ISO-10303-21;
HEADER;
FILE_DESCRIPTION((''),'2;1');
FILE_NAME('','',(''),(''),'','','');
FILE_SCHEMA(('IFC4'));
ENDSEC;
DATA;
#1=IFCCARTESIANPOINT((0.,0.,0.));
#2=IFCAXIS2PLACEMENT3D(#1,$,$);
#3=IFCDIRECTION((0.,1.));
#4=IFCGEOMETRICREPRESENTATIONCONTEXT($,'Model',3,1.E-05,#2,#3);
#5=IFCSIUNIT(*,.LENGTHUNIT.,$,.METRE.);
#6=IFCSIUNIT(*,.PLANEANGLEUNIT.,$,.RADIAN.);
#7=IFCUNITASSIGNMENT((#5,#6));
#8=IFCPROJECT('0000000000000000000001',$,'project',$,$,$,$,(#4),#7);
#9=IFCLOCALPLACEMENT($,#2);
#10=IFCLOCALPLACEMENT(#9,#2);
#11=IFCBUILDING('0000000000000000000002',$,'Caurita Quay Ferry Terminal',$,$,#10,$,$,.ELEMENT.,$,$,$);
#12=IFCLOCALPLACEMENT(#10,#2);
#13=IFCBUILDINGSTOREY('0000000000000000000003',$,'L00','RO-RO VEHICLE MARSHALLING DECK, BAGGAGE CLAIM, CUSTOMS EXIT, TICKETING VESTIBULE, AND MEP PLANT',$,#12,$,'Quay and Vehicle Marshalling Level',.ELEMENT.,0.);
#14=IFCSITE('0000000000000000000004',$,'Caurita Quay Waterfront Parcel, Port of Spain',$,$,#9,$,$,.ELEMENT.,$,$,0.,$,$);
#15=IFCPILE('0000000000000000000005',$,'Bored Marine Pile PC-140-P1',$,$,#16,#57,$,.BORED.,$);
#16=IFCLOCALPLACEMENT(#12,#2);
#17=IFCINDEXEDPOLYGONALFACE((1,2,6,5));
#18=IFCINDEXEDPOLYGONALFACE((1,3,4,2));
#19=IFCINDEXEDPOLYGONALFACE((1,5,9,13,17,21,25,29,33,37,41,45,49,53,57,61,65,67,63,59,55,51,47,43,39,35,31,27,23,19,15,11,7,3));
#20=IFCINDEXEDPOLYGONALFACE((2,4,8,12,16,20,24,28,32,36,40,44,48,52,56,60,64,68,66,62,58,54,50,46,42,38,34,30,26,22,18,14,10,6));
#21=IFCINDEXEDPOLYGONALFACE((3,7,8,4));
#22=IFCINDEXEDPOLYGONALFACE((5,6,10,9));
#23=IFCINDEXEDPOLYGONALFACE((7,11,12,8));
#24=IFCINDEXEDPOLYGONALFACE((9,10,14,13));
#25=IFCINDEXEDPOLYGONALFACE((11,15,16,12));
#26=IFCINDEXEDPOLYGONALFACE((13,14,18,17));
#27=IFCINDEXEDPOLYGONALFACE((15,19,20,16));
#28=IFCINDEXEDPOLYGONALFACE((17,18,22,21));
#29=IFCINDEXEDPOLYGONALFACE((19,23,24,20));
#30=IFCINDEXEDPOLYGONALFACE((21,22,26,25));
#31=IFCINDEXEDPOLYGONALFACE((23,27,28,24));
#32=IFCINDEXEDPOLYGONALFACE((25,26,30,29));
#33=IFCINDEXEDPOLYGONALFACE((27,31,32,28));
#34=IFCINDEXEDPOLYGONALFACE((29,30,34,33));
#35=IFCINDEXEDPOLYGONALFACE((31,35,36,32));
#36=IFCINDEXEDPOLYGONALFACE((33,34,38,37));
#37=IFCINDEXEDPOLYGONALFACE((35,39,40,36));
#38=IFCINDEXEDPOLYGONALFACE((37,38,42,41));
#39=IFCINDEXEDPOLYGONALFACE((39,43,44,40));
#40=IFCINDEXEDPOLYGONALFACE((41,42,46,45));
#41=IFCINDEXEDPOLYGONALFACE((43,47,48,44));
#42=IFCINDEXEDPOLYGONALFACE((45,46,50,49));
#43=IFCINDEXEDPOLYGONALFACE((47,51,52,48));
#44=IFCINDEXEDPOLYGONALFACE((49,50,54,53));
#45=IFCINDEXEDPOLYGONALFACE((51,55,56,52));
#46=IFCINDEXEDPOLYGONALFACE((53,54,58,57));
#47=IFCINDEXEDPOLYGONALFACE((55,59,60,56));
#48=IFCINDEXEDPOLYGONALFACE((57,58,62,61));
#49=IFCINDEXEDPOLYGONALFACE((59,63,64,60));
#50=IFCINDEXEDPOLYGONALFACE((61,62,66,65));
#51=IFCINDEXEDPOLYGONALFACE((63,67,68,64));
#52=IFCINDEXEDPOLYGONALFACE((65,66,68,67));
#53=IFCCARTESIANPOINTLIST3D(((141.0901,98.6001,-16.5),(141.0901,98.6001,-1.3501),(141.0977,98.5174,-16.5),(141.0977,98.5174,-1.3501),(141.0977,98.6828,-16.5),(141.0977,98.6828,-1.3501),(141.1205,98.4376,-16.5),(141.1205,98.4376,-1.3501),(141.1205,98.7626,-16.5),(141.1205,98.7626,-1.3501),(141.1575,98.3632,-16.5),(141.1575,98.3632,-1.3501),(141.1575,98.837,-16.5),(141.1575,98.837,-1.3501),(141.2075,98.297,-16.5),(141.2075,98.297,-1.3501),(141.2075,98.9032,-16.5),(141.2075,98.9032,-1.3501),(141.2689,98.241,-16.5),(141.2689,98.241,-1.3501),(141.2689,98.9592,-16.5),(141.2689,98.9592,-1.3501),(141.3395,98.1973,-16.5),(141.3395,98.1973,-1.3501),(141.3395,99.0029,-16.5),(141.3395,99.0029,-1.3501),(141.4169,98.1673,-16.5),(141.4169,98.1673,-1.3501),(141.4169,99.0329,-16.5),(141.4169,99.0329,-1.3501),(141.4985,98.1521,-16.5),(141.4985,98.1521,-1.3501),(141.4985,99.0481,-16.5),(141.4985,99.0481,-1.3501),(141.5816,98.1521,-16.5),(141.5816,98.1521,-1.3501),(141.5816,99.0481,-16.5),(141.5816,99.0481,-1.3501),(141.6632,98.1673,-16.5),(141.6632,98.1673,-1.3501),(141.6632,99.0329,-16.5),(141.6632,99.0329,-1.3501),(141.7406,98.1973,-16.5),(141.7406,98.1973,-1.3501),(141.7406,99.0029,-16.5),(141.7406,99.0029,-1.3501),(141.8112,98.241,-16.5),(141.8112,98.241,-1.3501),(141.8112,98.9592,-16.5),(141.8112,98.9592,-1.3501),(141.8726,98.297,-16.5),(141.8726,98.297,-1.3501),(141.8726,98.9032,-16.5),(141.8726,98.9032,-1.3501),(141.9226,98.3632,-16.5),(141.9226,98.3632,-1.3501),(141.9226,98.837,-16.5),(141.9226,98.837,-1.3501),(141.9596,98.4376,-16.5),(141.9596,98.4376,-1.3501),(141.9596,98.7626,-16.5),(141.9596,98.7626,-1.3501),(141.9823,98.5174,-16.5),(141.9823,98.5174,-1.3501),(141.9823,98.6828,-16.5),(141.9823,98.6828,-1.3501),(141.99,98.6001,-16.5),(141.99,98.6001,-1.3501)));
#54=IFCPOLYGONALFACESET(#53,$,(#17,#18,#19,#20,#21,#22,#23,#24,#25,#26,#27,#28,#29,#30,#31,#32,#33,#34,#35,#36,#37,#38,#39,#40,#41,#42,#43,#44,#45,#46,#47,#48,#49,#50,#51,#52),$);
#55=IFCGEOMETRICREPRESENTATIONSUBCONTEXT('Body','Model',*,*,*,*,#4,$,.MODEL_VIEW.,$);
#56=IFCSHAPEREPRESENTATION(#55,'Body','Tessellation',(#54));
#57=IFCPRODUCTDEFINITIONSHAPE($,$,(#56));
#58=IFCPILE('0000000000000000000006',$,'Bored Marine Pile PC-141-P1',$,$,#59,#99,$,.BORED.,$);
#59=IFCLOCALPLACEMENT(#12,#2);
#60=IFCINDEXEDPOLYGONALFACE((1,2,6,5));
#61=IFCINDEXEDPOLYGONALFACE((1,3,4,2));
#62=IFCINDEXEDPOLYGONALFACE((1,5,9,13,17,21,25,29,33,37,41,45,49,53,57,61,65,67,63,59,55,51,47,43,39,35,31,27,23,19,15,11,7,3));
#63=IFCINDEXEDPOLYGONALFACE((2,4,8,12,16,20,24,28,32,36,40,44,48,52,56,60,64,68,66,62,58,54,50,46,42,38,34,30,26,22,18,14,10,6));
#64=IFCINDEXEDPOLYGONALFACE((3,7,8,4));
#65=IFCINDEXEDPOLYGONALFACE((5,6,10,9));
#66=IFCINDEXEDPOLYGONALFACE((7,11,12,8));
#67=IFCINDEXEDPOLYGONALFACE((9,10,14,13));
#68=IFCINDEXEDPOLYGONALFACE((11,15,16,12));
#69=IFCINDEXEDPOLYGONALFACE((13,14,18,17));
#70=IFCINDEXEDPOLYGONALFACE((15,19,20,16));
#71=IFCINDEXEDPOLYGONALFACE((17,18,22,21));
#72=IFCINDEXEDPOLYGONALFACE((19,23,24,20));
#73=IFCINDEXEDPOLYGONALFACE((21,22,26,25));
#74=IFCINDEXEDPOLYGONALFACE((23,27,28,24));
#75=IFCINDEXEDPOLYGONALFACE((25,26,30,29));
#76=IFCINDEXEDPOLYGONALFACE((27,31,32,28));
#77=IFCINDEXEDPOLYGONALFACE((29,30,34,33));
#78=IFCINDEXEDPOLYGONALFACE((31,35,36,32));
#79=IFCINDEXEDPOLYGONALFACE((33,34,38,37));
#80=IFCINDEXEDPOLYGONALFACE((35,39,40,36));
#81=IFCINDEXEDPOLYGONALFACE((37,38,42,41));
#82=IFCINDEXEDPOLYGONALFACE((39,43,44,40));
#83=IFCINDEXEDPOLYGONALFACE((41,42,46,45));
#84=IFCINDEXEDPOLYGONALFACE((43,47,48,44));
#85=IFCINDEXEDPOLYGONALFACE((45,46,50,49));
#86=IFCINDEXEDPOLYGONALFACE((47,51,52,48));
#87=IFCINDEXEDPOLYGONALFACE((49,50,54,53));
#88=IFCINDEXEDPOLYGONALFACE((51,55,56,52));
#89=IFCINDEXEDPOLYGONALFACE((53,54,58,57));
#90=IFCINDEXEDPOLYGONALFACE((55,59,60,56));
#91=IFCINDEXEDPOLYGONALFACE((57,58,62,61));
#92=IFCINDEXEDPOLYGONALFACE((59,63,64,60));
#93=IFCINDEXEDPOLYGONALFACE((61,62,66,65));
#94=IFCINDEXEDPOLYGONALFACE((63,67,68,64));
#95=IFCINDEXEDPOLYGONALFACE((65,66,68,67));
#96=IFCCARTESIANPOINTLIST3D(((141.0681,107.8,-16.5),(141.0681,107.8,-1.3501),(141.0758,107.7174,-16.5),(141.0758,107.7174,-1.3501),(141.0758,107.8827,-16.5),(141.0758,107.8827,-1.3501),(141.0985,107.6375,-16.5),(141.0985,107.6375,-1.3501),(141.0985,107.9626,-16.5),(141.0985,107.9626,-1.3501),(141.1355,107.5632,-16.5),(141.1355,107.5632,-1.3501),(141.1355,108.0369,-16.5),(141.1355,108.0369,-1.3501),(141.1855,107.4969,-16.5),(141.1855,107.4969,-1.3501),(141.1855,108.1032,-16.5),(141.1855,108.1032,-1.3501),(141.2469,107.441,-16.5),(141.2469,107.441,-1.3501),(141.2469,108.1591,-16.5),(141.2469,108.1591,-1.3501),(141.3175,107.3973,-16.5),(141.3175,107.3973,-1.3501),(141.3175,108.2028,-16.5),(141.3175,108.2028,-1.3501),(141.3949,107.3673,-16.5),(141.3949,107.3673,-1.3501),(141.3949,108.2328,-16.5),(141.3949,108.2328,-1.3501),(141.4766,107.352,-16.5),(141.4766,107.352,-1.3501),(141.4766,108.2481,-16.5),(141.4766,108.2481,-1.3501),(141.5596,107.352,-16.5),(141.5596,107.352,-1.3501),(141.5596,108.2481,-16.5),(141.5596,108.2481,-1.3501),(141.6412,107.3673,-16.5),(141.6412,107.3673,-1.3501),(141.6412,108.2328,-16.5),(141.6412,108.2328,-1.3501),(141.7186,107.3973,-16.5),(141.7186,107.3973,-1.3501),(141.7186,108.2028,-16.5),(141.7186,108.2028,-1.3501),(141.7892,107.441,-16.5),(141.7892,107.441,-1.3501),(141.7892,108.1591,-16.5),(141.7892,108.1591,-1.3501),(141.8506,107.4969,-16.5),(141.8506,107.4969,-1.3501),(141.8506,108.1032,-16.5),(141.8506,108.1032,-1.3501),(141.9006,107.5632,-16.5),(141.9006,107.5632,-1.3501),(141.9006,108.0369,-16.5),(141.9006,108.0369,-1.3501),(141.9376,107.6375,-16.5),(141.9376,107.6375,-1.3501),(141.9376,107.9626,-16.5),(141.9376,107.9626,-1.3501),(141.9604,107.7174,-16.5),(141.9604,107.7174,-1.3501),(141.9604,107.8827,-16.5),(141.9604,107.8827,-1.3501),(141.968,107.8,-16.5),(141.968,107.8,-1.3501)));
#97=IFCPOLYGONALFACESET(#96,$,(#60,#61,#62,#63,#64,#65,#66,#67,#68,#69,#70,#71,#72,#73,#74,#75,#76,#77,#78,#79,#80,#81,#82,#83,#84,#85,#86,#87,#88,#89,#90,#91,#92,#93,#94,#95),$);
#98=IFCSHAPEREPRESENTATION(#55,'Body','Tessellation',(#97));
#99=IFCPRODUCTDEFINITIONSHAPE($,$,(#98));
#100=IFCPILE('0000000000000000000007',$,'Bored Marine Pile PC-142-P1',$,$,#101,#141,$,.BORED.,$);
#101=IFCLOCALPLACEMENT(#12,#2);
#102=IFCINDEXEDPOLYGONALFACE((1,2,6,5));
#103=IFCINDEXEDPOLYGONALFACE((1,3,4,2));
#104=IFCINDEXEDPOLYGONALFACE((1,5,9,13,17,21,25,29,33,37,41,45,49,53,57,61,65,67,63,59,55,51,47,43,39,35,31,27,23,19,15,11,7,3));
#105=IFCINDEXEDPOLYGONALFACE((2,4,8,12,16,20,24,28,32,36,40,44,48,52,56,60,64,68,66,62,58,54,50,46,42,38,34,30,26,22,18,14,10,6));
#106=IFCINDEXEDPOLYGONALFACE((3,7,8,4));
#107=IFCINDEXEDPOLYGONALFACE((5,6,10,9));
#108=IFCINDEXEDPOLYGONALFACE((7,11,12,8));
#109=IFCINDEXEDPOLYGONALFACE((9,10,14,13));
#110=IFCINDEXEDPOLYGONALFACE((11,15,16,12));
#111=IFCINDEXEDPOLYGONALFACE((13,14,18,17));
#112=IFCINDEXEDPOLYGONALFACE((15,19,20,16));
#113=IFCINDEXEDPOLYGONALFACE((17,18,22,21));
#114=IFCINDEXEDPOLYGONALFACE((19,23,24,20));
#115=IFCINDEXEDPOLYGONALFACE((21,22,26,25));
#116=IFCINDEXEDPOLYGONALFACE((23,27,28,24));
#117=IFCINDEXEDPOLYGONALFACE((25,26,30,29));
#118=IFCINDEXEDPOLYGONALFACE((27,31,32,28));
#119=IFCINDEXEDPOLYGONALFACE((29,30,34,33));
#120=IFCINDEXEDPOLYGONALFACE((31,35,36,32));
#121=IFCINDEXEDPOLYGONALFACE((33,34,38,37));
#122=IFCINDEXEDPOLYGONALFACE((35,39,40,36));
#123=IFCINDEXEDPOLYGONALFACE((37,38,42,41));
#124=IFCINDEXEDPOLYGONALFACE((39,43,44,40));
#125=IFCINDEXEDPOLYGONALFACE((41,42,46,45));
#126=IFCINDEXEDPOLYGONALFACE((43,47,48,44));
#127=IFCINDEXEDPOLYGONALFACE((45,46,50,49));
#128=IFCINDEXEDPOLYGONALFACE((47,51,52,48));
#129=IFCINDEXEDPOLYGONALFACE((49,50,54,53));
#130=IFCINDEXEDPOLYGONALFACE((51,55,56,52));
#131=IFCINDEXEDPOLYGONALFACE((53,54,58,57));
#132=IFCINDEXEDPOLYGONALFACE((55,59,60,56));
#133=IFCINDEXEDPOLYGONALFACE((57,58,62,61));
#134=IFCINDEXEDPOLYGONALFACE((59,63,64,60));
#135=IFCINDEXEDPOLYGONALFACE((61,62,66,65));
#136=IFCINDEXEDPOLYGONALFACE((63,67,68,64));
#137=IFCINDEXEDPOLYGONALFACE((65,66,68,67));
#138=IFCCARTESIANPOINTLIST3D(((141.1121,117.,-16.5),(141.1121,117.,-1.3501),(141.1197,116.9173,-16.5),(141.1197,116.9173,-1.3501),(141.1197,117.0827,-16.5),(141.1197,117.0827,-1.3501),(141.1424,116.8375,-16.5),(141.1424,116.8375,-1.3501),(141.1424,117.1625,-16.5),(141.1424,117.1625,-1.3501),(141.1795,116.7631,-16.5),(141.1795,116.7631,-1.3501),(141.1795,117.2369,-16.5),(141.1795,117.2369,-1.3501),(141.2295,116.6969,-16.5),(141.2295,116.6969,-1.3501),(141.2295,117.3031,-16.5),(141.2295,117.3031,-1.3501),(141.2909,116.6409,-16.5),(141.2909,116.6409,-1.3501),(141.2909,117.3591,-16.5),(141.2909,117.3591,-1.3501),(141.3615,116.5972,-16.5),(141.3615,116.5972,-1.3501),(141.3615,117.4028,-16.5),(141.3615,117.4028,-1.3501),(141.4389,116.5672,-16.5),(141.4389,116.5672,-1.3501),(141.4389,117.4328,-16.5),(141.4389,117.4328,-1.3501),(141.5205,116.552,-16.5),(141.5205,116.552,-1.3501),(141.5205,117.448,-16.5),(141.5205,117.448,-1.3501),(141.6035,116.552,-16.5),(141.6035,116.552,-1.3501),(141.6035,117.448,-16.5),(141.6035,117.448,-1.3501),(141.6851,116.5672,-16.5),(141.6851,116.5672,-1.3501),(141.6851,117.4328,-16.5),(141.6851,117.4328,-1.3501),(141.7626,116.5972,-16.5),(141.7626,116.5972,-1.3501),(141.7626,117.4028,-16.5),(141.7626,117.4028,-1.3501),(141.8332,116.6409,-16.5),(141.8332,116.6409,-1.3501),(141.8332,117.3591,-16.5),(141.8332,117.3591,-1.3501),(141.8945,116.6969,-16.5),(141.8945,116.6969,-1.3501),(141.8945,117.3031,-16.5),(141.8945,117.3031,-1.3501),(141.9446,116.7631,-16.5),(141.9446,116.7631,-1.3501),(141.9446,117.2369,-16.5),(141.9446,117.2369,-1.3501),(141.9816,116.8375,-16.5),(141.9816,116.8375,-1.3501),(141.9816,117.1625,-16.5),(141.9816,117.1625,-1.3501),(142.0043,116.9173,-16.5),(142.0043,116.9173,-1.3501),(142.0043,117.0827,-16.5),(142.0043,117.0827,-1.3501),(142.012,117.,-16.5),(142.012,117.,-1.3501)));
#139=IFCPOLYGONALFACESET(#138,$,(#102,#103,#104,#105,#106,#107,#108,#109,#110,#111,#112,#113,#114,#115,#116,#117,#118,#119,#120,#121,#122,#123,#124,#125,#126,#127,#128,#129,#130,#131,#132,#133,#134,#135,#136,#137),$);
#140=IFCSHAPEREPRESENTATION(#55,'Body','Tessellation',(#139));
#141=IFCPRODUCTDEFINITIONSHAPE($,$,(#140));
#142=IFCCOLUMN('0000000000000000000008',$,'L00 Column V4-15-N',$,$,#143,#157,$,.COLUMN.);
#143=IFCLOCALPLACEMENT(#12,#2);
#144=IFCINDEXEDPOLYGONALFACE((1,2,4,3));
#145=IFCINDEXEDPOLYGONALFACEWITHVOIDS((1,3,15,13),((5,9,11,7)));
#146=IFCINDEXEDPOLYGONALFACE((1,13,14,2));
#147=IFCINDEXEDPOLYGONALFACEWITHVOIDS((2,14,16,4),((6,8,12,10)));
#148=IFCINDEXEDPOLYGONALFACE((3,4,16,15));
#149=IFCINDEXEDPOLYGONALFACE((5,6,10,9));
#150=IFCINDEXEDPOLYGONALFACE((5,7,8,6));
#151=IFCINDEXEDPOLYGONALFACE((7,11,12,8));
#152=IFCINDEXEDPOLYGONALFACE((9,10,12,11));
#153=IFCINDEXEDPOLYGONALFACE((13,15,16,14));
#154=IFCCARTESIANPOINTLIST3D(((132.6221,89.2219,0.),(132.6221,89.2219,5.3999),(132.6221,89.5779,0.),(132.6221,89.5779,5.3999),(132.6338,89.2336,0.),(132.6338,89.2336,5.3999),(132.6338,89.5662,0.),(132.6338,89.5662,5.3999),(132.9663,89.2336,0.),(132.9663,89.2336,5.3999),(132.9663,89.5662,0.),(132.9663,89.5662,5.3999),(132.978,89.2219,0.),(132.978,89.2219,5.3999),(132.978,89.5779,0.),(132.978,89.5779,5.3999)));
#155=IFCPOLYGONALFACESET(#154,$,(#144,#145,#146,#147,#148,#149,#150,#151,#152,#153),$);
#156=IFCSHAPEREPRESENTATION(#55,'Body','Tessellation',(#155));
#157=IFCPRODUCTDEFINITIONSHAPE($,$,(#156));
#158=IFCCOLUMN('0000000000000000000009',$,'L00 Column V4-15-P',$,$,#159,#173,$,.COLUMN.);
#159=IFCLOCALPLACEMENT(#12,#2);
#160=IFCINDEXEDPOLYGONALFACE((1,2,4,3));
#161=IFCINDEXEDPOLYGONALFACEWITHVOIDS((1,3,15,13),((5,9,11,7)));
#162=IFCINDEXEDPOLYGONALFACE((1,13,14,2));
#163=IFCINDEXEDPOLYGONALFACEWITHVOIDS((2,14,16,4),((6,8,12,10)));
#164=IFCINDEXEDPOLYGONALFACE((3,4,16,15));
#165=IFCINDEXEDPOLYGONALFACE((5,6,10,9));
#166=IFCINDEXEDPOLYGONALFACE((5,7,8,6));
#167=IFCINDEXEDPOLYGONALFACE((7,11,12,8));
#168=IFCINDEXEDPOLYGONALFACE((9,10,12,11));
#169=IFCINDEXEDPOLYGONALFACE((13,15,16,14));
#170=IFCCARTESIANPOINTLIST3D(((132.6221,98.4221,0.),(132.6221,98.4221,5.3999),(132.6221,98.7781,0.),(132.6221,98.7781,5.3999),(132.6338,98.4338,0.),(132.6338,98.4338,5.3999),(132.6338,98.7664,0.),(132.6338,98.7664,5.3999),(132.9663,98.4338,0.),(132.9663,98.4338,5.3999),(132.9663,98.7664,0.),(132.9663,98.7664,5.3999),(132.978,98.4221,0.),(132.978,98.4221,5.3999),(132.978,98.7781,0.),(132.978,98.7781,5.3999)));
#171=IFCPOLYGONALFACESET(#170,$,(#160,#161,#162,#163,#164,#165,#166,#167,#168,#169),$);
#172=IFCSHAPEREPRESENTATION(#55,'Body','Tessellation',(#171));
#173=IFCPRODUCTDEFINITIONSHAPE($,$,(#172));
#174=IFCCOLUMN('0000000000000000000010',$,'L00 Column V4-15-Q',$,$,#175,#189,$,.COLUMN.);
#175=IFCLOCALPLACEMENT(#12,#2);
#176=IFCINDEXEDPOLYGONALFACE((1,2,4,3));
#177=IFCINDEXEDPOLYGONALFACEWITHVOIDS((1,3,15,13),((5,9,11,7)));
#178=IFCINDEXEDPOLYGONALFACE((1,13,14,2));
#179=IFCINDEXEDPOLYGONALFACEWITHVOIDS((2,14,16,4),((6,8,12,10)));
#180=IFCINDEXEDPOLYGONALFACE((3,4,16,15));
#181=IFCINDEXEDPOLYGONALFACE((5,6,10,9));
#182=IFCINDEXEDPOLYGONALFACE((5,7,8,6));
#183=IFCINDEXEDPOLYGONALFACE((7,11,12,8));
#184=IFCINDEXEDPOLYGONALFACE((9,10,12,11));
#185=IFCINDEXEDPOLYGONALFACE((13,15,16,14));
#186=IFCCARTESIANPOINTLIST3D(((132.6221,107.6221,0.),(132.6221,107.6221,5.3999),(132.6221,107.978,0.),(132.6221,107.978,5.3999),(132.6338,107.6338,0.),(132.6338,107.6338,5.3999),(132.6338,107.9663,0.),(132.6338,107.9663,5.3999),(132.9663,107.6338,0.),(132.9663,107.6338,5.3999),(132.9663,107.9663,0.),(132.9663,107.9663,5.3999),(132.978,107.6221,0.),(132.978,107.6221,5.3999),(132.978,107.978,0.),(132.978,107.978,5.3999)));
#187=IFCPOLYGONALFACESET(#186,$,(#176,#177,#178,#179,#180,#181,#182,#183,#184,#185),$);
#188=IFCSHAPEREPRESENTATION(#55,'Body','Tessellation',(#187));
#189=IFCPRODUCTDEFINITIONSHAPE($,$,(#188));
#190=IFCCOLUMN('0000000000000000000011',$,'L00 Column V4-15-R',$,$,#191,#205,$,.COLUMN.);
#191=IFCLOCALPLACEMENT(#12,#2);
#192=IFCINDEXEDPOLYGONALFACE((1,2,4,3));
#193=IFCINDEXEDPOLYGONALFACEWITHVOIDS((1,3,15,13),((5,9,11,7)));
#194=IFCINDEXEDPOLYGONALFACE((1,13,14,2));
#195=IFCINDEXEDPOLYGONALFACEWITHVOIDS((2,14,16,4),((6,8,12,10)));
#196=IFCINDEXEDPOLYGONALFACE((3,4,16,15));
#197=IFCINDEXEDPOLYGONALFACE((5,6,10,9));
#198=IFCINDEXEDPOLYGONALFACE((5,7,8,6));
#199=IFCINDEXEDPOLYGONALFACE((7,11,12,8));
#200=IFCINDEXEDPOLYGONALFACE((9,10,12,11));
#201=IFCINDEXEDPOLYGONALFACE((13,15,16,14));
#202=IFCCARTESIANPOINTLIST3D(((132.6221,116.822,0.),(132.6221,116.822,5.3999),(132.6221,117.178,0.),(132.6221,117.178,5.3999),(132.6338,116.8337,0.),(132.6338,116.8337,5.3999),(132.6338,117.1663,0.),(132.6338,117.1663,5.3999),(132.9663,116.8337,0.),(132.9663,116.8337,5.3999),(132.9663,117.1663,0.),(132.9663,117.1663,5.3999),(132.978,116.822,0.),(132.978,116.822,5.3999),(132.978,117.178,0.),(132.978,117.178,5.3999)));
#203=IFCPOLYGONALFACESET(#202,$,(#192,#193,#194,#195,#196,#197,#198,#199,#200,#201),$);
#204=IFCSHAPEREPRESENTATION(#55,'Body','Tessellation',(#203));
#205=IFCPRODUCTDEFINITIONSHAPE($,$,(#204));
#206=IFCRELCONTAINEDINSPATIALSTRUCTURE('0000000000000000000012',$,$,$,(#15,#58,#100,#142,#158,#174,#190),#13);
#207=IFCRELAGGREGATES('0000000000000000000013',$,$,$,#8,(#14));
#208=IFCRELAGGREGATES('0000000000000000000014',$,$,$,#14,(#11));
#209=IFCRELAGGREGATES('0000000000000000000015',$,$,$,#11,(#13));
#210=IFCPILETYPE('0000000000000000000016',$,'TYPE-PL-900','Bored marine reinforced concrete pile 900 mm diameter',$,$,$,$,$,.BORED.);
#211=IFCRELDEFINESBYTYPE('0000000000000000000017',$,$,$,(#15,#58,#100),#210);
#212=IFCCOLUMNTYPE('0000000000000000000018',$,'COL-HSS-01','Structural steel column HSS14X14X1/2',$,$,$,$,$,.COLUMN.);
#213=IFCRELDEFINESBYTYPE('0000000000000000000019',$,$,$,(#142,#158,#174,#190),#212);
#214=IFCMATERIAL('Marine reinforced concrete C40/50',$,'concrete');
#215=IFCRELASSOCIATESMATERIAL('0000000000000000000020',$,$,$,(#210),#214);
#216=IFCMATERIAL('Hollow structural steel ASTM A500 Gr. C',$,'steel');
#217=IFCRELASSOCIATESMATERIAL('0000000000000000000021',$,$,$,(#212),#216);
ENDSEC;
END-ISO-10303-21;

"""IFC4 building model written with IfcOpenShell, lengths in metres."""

from ifc_helpers import new_model, si_unit, direction, frame, origin, origin_2d, place, context, subcontext, project, spatial, hollow_rectangle, circle, extrude, material, material_profile, profile_set, type_object, element, save


model = new_model("IFC4")

# Units and contexts
model_context = context("Model", 3, precision=1e-05, world=origin(), true_north=direction((0.0, 1.0)))
body_context = subcontext(model_context, "Body", "Model", "MODEL_VIEW")
ifc_project = project(units=[si_unit("LENGTHUNIT", "METRE"), si_unit("PLANEANGLEUNIT", "RADIAN")], contexts=[model_context])

# Site, building, storey
site_placement = place(None, origin())
site = spatial("IfcSite", under=ifc_project, at=site_placement, Name="Caurita Quay Waterfront Parcel, Port of Spain", CompositionType="ELEMENT", RefElevation=0.0)
building_placement = place(site_placement, origin())
building = spatial("IfcBuilding", under=site, at=building_placement, Name="Caurita Quay Ferry Terminal", CompositionType="ELEMENT")
storey_placement = place(building_placement, origin())
storey = spatial("IfcBuildingStorey", under=building, at=storey_placement, Name="L00", Description="RO-RO VEHICLE MARSHALLING DECK, BAGGAGE CLAIM, CUSTOMS EXIT, TICKETING VESTIBULE, AND MEP PLANT", LongName="Quay and Vehicle Marshalling Level", CompositionType="ELEMENT", Elevation=0.0)

# Piles
ifc_material_1 = material(Name="Marine reinforced concrete C40/50", Category="concrete")
ifc_material_profile_1 = material_profile(ifc_material_1, circle(Radius=0.45, at=origin_2d()), Name="PILE-D900")
ifc_profile_set_1 = profile_set([ifc_material_profile_1], Name="Marine reinforced concrete C40/50")
pile_type_1 = type_object("IfcPileType", Name="TYPE-PL-900", Description="Bored marine reinforced concrete pile 900 mm diameter", PredefinedType="BORED", material=ifc_profile_set_1)
for number, where, z_axis, x_axis, name in (
    (1, (141.54, 98.6001, -1.3501), (0.0, 0.0, -1.0), (1.0, 0.0, 0.0), "Bored Marine Pile PC-140-P1"),
    (2, (141.5181, 107.8, -1.3501), (0.0, 0.0, -1.0), (1.0, 0.0, 0.0), "Bored Marine Pile PC-141-P1"),
    (3, (141.562, 117.0, -1.3501), (0.0, 0.0, -1.0), (1.0, 0.0, 0.0), "Bored Marine Pile PC-142-P1"),
):
    element("IfcPile", number, at=place(storey_placement, frame(where, z_axis=z_axis, x_axis=x_axis)), inside=storey, type_object=pile_type_1, Name=name, PredefinedType="BORED", context=body_context, shape_type="SweptSolid", body=[
        extrude(circle(Radius=0.45, at=origin_2d()), origin(), (0.0, 0.0, 1.0), 15.1499),
    ])

# Columns
ifc_material_2 = material(Name="Hollow structural steel ASTM A500 Gr. C", Category="steel")
ifc_material_profile_2 = material_profile(ifc_material_2, hollow_rectangle(XDim=0.356, YDim=0.356, WallThickness=0.0117, at=origin_2d()), Name="HSS14X14X1/2")
ifc_profile_set_2 = profile_set([ifc_material_profile_2], Name="Hollow structural steel ASTM A500 Gr. C")
column_type = type_object("IfcColumnType", Name="COL-HSS-01", Description="Structural steel column HSS14X14X1/2", PredefinedType="COLUMN", material=ifc_profile_set_2)
for number, where, z_axis, x_axis, name in (
    (4, (132.8, 89.3999, 0.0), (0.0, 0.0, 1.0), (1.0, 0.0, 0.0), "L00 Column V4-15-N"),
    (5, (132.8, 98.6001, 0.0), (0.0, 0.0, 1.0), (1.0, 0.0, 0.0), "L00 Column V4-15-P"),
    (6, (132.8, 107.8, 0.0), (0.0, 0.0, 1.0), (1.0, 0.0, 0.0), "L00 Column V4-15-Q"),
    (7, (132.8, 117.0, 0.0), (0.0, 0.0, 1.0), (1.0, 0.0, 0.0), "L00 Column V4-15-R"),
):
    element("IfcColumn", number, at=place(storey_placement, frame(where, z_axis=z_axis, x_axis=x_axis)), inside=storey, type_object=column_type, Name=name, PredefinedType="COLUMN", context=body_context, shape_type="SweptSolid", body=[
        extrude(hollow_rectangle(XDim=0.356, YDim=0.356, WallThickness=0.0117, at=origin_2d()), origin(), (0.0, 0.0, 1.0), 5.3999),
    ])

save(model, "model.ifc")
